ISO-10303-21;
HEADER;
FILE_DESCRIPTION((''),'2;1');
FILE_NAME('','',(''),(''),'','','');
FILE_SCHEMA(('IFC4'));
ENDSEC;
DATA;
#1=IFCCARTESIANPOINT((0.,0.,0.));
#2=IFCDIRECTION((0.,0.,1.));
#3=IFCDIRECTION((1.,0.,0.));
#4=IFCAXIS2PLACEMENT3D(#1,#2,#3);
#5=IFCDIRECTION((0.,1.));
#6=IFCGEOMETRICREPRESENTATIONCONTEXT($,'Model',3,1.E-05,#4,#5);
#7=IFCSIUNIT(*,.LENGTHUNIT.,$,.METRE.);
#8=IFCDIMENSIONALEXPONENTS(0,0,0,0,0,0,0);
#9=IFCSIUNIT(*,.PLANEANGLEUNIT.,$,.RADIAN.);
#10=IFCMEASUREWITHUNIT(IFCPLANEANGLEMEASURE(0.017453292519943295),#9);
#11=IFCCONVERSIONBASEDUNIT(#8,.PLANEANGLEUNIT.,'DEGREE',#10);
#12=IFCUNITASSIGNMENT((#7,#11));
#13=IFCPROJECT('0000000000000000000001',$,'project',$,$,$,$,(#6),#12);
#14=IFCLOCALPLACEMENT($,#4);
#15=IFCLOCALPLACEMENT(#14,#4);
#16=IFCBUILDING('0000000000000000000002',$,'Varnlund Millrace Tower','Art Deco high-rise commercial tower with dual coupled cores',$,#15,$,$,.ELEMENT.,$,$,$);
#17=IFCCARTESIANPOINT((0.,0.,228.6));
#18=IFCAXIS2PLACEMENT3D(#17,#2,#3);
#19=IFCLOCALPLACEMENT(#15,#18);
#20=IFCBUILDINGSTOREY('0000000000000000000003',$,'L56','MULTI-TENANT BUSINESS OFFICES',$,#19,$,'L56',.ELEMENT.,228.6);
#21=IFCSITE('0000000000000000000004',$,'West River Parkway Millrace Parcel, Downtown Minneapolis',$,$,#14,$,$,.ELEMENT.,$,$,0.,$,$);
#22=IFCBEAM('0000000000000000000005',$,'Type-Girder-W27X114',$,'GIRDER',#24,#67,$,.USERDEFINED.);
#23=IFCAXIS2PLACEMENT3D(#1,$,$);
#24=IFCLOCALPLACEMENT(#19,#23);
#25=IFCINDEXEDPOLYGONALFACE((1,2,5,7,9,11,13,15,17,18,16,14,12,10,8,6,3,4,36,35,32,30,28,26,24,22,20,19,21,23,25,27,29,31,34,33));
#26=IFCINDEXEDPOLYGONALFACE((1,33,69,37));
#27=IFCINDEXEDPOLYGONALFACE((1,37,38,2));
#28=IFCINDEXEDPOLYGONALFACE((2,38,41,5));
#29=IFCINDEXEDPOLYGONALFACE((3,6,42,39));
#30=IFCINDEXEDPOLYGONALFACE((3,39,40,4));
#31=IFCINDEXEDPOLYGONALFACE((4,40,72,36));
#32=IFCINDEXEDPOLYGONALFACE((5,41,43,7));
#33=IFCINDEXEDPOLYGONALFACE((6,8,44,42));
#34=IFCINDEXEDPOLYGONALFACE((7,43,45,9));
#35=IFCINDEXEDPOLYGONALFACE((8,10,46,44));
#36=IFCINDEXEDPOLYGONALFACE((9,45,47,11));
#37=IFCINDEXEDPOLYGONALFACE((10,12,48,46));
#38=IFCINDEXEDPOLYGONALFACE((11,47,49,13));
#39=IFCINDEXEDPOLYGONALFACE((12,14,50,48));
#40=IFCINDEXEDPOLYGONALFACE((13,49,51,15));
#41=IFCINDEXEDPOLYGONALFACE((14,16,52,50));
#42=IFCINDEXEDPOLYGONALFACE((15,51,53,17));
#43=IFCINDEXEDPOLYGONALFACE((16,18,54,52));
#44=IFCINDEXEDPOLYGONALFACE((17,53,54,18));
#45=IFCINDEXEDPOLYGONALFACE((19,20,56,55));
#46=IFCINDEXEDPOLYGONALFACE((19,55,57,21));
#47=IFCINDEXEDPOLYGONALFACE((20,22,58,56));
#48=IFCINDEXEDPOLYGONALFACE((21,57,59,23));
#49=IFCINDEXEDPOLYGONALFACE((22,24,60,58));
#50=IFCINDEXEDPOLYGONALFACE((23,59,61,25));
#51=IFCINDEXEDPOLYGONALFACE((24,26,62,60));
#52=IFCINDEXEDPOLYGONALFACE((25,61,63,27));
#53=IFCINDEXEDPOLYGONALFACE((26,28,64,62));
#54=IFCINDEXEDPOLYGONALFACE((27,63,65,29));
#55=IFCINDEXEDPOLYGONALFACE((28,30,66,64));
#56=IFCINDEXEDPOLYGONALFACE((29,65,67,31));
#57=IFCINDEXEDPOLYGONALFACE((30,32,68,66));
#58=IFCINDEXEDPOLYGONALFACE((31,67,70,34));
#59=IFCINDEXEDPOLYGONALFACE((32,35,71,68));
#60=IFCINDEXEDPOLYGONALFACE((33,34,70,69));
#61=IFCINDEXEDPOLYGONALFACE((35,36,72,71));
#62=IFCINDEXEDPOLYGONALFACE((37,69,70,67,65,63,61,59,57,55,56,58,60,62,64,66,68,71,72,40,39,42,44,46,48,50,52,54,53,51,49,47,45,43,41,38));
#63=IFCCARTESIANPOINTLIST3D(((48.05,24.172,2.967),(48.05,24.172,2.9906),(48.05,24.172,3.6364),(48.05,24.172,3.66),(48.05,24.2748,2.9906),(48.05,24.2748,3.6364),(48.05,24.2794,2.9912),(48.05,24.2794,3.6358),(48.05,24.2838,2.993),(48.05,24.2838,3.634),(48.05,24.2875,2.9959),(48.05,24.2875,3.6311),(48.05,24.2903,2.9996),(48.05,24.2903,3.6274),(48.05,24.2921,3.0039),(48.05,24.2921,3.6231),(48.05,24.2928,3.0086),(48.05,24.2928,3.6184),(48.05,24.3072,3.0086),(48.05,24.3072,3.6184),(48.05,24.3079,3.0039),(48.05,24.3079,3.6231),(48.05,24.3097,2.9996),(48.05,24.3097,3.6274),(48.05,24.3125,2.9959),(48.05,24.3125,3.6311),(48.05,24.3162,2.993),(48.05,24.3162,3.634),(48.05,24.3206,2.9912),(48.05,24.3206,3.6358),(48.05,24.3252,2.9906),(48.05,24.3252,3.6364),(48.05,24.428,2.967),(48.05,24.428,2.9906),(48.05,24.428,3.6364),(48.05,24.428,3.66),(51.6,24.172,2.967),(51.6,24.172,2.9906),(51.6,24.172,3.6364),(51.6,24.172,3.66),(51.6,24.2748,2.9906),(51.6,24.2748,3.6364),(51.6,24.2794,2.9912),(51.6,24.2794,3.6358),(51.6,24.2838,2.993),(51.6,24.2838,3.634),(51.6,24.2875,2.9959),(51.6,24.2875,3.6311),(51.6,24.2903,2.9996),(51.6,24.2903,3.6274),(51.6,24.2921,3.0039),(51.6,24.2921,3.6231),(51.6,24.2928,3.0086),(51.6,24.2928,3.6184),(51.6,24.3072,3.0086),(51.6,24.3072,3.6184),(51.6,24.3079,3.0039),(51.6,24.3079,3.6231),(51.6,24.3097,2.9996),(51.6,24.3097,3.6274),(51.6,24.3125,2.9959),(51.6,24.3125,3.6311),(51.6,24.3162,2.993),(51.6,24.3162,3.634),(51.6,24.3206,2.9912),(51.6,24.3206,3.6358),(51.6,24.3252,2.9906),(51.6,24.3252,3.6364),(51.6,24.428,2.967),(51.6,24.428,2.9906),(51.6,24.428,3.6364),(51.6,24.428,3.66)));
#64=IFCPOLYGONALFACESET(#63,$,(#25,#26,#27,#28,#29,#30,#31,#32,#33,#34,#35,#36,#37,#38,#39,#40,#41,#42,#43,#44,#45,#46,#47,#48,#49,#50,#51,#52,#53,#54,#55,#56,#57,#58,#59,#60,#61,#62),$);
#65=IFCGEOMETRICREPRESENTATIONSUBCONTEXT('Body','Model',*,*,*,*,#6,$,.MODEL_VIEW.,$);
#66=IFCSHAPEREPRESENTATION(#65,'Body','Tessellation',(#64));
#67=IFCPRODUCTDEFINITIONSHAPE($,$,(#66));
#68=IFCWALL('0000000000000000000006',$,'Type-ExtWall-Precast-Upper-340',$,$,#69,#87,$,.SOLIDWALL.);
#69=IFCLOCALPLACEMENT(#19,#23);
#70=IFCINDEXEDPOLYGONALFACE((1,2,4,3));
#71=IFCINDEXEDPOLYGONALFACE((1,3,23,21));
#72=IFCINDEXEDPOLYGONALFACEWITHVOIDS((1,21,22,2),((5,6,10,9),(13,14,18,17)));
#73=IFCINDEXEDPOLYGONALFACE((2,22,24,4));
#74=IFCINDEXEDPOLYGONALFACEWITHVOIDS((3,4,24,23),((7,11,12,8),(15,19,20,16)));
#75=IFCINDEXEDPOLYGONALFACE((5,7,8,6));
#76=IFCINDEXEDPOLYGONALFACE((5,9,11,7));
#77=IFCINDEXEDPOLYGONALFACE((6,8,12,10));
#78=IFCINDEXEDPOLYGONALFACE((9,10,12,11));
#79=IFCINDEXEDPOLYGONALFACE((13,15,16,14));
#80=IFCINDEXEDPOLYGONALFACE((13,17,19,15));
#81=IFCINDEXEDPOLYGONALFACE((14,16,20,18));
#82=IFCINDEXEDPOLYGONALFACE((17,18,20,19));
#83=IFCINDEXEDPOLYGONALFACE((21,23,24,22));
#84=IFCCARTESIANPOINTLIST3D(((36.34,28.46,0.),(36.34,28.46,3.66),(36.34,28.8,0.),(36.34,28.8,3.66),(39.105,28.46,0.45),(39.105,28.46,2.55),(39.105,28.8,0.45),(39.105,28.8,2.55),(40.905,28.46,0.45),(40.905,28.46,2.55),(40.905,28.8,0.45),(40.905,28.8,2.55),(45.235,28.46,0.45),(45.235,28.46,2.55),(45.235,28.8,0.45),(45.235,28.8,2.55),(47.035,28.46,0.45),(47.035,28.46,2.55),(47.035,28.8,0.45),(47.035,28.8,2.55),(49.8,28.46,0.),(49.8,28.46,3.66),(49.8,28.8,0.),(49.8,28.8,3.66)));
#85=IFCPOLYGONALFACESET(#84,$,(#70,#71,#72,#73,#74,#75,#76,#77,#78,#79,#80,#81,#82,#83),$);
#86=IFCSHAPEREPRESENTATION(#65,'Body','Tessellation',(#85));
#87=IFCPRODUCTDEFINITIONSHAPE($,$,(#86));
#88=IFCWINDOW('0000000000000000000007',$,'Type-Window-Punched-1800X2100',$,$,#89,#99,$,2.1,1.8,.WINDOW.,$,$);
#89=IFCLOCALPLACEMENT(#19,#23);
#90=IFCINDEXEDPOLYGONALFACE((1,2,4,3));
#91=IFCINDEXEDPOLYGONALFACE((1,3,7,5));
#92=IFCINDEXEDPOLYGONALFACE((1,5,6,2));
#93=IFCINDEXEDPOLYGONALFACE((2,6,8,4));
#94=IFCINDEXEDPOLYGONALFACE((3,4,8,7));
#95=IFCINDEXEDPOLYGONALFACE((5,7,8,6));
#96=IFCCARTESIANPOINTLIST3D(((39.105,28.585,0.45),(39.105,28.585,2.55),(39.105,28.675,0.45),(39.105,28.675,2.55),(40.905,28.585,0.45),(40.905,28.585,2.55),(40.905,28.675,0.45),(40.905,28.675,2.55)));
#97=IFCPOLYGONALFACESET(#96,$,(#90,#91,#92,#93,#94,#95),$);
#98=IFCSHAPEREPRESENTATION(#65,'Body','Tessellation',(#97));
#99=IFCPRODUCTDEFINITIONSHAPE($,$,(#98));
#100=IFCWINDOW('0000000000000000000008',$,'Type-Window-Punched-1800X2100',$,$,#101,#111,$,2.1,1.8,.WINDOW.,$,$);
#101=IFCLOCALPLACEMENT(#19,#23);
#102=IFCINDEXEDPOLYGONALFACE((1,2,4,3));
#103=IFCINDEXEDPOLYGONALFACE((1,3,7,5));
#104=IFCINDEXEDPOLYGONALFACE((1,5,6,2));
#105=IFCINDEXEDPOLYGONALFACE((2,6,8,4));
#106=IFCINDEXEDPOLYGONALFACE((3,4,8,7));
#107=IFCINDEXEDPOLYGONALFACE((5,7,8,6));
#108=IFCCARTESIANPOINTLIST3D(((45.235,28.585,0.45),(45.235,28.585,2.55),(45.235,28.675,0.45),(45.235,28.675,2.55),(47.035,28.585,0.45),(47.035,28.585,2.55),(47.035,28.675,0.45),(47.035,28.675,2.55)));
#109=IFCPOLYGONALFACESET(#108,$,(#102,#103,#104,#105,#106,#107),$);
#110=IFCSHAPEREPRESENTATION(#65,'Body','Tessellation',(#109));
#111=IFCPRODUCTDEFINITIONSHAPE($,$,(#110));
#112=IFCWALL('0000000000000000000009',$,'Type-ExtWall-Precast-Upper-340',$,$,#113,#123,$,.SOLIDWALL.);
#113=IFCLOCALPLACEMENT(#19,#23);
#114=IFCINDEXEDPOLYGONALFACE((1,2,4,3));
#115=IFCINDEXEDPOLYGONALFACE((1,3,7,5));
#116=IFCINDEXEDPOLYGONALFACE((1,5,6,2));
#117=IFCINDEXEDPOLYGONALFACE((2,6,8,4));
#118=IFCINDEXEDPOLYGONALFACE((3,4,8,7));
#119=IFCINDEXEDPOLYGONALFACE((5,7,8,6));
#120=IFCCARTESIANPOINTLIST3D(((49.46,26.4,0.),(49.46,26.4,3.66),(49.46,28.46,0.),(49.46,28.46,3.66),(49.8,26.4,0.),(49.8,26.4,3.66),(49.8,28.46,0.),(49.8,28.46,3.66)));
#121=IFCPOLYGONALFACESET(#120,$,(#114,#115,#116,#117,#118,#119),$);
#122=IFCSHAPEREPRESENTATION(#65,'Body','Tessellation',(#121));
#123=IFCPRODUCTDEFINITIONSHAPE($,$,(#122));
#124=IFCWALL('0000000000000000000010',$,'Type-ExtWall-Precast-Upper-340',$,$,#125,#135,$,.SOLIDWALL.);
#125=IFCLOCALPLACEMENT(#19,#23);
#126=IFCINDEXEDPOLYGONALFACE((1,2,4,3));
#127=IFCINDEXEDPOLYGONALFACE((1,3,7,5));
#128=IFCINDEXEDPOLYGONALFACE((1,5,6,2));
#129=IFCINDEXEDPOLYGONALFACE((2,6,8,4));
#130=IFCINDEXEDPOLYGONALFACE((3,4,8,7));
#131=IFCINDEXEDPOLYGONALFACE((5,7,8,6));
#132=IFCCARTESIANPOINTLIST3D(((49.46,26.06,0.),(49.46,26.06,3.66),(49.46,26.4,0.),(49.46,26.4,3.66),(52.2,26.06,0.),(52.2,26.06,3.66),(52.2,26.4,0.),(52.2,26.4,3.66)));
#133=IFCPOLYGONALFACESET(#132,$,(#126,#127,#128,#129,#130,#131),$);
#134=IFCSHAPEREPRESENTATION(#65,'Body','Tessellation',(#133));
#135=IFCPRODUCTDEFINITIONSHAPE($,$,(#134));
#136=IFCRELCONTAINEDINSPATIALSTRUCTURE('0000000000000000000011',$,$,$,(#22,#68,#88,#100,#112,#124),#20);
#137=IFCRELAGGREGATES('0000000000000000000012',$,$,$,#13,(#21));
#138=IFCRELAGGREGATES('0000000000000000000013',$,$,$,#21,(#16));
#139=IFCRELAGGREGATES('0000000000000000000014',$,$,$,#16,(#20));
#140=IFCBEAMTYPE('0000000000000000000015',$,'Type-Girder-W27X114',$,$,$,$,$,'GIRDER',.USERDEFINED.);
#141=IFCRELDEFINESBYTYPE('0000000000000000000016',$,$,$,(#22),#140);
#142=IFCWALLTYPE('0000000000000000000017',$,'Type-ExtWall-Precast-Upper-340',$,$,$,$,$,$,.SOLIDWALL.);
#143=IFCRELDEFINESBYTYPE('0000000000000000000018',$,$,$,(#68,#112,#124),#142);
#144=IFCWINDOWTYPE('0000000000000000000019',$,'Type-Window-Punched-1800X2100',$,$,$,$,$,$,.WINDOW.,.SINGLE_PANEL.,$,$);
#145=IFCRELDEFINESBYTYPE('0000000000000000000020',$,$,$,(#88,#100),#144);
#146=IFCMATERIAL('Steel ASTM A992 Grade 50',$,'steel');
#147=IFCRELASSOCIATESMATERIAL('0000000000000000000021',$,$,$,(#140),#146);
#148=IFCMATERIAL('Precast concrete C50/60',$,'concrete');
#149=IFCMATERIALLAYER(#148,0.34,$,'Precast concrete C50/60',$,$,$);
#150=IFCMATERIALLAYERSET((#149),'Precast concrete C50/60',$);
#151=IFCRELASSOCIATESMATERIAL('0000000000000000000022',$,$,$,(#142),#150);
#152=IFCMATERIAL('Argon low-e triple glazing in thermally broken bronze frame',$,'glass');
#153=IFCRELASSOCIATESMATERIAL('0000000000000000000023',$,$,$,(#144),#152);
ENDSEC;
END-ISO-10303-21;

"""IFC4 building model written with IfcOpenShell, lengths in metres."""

from ifc_helpers import new_model, entity, si_unit, converted_unit, direction, frame, origin_with_axes, origin_2d_with_axis, place, context, subcontext, project, spatial, polyline, rectangle, i_section, outline, extrude, material, layer, layer_set, material_profile, profile_set, type_object, element, fill, save


model = new_model("IFC4")

# Units and contexts
model_context = context("Model", 3, precision=1e-05, world=origin_with_axes(), true_north=direction((0.0, 1.0)))
body_context = subcontext(model_context, "Body", "Model", "MODEL_VIEW")
ifc_project = project(units=[si_unit("LENGTHUNIT", "METRE"), converted_unit("PLANEANGLEUNIT", "DEGREE", entity("IfcPlaneAngleMeasure", 0.017453292519943295), si_unit("PLANEANGLEUNIT", "RADIAN"), dimensions=[0, 0, 0, 0, 0, 0, 0])], contexts=[model_context])

# Site, building, storey
site_placement = place(None, origin_with_axes())
site = spatial("IfcSite", under=ifc_project, at=site_placement, Name="West River Parkway Millrace Parcel, Downtown Minneapolis", CompositionType="ELEMENT", RefElevation=0.0)
building_placement = place(site_placement, origin_with_axes())
building = spatial("IfcBuilding", under=site, at=building_placement, Name="Varnlund Millrace Tower", Description="Art Deco high-rise commercial tower with dual coupled cores", CompositionType="ELEMENT")
storey_placement = place(building_placement, frame((0.0, 0.0, 228.6), z_axis=(0.0, 0.0, 1.0), x_axis=(1.0, 0.0, 0.0)))
storey = spatial("IfcBuildingStorey", under=building, at=storey_placement, Name="L56", Description="MULTI-TENANT BUSINESS OFFICES", LongName="L56", CompositionType="ELEMENT", Elevation=228.6)

# Beam
ifc_material_1 = material(Name="Steel ASTM A992 Grade 50", Category="steel")
ifc_material_profile = material_profile(ifc_material_1, i_section(OverallWidth=0.256, OverallDepth=0.693, WebThickness=0.0145, FlangeThickness=0.0236, FilletRadius=0.018, at=origin_2d_with_axis()), Name="Steel ASTM A992 Grade 50")
ifc_profile_set = profile_set([ifc_material_profile], Name="Steel ASTM A992 Grade 50")
beam_type = type_object("IfcBeamType", Name="Type-Girder-W27X114", ElementType="GIRDER", PredefinedType="USERDEFINED", material=ifc_profile_set)
beam_placement = place(storey_placement, frame((48.05, 24.3, 3.3135), z_axis=(1.0, 0.0, 0.0), x_axis=(0.0, 1.0, 0.0)))
element("IfcBeam", 1, at=beam_placement, inside=storey, type_object=beam_type, Name="Type-Girder-W27X114", ObjectType="GIRDER", PredefinedType="USERDEFINED", context=body_context, shape_type="SweptSolid", body=[
    extrude(i_section(OverallWidth=0.256, OverallDepth=0.693, WebThickness=0.0145, FlangeThickness=0.0236, FilletRadius=0.018, at=origin_2d_with_axis()), origin_with_axes(), (0.0, 0.0, 1.0), 3.55),
])

# Wall, openings, windows
ifc_material_2 = material(Name="Precast concrete C50/60", Category="concrete")
ifc_layer_1 = layer(ifc_material_2, 0.34, Name="Precast concrete C50/60")
ifc_layer_set_1 = layer_set([ifc_layer_1], Name="Precast concrete C50/60")
wall_type_1 = type_object("IfcWallType", Name="Type-ExtWall-Precast-Upper-340", PredefinedType="SOLIDWALL", material=ifc_layer_set_1)
wall_1_placement = place(storey_placement, frame((36.34, 28.63, 0.0), z_axis=(0.0, 0.0, 1.0), x_axis=(1.0, 0.0, 0.0)))
wall_1 = element("IfcWall", 2, at=wall_1_placement, inside=storey, type_object=wall_type_1, Name="Type-ExtWall-Precast-Upper-340", PredefinedType="SOLIDWALL", context=body_context, shape_type="SweptSolid", body=[
    extrude(outline(polyline([(0.0, -0.17), (13.46, -0.17), (13.46, 0.17), (0.0, 0.17), (0.0, -0.17)])), origin_with_axes(), (0.0, 0.0, 1.0), 3.66),
])
opening_1_placement = place(wall_1_placement, frame((3.665, 0.0, 0.45), z_axis=(0.0, 0.0, 1.0), x_axis=(1.0, 0.0, 0.0)))
opening_1 = element("IfcOpeningElement", 3, at=opening_1_placement, cuts=wall_1, PredefinedType="OPENING", context=body_context, shape_type="SweptSolid", body=[
    extrude(rectangle(XDim=1.8, YDim=0.36, at=origin_2d_with_axis()), origin_with_axes(), (0.0, 0.0, 1.0), 2.1),
])
opening_2_placement = place(wall_1_placement, frame((9.795, 0.0, 0.45), z_axis=(0.0, 0.0, 1.0), x_axis=(1.0, 0.0, 0.0)))
opening_2 = element("IfcOpeningElement", 4, at=opening_2_placement, cuts=wall_1, PredefinedType="OPENING", context=body_context, shape_type="SweptSolid", body=[
    extrude(rectangle(XDim=1.8, YDim=0.36, at=origin_2d_with_axis()), origin_with_axes(), (0.0, 0.0, 1.0), 2.1),
])
ifc_material_3 = material(Name="Argon low-e triple glazing in thermally broken bronze frame", Category="glass")
window_type = type_object("IfcWindowType", Name="Type-Window-Punched-1800X2100", PartitioningType="SINGLE_PANEL", PredefinedType="WINDOW", material=ifc_material_3)
window_1_placement = place(wall_1_placement, frame((3.665, 0.0, 0.45), z_axis=(0.0, 0.0, 1.0), x_axis=(1.0, 0.0, 0.0)))
window_1 = element("IfcWindow", 5, at=window_1_placement, inside=storey, type_object=window_type, Name="Type-Window-Punched-1800X2100", OverallHeight=2.1, OverallWidth=1.8, PredefinedType="WINDOW", context=body_context, shape_type="SweptSolid", body=[
    extrude(rectangle(XDim=1.8, YDim=0.09, at=origin_2d_with_axis()), origin_with_axes(), (0.0, 0.0, 1.0), 2.1),
])
fill(opening_1, window_1)
window_2_placement = place(wall_1_placement, frame((9.795, 0.0, 0.45), z_axis=(0.0, 0.0, 1.0), x_axis=(1.0, 0.0, 0.0)))
window_2 = element("IfcWindow", 6, at=window_2_placement, inside=storey, type_object=window_type, Name="Type-Window-Punched-1800X2100", OverallHeight=2.1, OverallWidth=1.8, PredefinedType="WINDOW", context=body_context, shape_type="SweptSolid", body=[
    extrude(rectangle(XDim=1.8, YDim=0.09, at=origin_2d_with_axis()), origin_with_axes(), (0.0, 0.0, 1.0), 2.1),
])
fill(opening_2, window_2)

# Walls
wall_2_placement = place(storey_placement, frame((49.63, 28.46, 0.0), z_axis=(0.0, 0.0, 1.0), x_axis=(0.0, -1.0, 0.0)))
element("IfcWall", 7, at=wall_2_placement, inside=storey, type_object=wall_type_1, Name="Type-ExtWall-Precast-Upper-340", PredefinedType="SOLIDWALL", context=body_context, shape_type="SweptSolid", body=[
    extrude(outline(polyline([(0.0, -0.17), (2.06, -0.17), (2.06, 0.17), (0.0, 0.17), (0.0, -0.17)])), origin_with_axes(), (0.0, 0.0, 1.0), 3.66),
])
wall_3_placement = place(storey_placement, frame((49.46, 26.23, 0.0), z_axis=(0.0, 0.0, 1.0), x_axis=(1.0, 0.0, 0.0)))
element("IfcWall", 8, at=wall_3_placement, inside=storey, type_object=wall_type_1, Name="Type-ExtWall-Precast-Upper-340", PredefinedType="SOLIDWALL", context=body_context, shape_type="SweptSolid", body=[
    extrude(outline(polyline([(0.0, -0.17), (2.74, -0.17), (2.74, 0.17), (0.0, 0.17), (0.0, -0.17)])), origin_with_axes(), (0.0, 0.0, 1.0), 3.66),
])

save(model, "model.ifc")
